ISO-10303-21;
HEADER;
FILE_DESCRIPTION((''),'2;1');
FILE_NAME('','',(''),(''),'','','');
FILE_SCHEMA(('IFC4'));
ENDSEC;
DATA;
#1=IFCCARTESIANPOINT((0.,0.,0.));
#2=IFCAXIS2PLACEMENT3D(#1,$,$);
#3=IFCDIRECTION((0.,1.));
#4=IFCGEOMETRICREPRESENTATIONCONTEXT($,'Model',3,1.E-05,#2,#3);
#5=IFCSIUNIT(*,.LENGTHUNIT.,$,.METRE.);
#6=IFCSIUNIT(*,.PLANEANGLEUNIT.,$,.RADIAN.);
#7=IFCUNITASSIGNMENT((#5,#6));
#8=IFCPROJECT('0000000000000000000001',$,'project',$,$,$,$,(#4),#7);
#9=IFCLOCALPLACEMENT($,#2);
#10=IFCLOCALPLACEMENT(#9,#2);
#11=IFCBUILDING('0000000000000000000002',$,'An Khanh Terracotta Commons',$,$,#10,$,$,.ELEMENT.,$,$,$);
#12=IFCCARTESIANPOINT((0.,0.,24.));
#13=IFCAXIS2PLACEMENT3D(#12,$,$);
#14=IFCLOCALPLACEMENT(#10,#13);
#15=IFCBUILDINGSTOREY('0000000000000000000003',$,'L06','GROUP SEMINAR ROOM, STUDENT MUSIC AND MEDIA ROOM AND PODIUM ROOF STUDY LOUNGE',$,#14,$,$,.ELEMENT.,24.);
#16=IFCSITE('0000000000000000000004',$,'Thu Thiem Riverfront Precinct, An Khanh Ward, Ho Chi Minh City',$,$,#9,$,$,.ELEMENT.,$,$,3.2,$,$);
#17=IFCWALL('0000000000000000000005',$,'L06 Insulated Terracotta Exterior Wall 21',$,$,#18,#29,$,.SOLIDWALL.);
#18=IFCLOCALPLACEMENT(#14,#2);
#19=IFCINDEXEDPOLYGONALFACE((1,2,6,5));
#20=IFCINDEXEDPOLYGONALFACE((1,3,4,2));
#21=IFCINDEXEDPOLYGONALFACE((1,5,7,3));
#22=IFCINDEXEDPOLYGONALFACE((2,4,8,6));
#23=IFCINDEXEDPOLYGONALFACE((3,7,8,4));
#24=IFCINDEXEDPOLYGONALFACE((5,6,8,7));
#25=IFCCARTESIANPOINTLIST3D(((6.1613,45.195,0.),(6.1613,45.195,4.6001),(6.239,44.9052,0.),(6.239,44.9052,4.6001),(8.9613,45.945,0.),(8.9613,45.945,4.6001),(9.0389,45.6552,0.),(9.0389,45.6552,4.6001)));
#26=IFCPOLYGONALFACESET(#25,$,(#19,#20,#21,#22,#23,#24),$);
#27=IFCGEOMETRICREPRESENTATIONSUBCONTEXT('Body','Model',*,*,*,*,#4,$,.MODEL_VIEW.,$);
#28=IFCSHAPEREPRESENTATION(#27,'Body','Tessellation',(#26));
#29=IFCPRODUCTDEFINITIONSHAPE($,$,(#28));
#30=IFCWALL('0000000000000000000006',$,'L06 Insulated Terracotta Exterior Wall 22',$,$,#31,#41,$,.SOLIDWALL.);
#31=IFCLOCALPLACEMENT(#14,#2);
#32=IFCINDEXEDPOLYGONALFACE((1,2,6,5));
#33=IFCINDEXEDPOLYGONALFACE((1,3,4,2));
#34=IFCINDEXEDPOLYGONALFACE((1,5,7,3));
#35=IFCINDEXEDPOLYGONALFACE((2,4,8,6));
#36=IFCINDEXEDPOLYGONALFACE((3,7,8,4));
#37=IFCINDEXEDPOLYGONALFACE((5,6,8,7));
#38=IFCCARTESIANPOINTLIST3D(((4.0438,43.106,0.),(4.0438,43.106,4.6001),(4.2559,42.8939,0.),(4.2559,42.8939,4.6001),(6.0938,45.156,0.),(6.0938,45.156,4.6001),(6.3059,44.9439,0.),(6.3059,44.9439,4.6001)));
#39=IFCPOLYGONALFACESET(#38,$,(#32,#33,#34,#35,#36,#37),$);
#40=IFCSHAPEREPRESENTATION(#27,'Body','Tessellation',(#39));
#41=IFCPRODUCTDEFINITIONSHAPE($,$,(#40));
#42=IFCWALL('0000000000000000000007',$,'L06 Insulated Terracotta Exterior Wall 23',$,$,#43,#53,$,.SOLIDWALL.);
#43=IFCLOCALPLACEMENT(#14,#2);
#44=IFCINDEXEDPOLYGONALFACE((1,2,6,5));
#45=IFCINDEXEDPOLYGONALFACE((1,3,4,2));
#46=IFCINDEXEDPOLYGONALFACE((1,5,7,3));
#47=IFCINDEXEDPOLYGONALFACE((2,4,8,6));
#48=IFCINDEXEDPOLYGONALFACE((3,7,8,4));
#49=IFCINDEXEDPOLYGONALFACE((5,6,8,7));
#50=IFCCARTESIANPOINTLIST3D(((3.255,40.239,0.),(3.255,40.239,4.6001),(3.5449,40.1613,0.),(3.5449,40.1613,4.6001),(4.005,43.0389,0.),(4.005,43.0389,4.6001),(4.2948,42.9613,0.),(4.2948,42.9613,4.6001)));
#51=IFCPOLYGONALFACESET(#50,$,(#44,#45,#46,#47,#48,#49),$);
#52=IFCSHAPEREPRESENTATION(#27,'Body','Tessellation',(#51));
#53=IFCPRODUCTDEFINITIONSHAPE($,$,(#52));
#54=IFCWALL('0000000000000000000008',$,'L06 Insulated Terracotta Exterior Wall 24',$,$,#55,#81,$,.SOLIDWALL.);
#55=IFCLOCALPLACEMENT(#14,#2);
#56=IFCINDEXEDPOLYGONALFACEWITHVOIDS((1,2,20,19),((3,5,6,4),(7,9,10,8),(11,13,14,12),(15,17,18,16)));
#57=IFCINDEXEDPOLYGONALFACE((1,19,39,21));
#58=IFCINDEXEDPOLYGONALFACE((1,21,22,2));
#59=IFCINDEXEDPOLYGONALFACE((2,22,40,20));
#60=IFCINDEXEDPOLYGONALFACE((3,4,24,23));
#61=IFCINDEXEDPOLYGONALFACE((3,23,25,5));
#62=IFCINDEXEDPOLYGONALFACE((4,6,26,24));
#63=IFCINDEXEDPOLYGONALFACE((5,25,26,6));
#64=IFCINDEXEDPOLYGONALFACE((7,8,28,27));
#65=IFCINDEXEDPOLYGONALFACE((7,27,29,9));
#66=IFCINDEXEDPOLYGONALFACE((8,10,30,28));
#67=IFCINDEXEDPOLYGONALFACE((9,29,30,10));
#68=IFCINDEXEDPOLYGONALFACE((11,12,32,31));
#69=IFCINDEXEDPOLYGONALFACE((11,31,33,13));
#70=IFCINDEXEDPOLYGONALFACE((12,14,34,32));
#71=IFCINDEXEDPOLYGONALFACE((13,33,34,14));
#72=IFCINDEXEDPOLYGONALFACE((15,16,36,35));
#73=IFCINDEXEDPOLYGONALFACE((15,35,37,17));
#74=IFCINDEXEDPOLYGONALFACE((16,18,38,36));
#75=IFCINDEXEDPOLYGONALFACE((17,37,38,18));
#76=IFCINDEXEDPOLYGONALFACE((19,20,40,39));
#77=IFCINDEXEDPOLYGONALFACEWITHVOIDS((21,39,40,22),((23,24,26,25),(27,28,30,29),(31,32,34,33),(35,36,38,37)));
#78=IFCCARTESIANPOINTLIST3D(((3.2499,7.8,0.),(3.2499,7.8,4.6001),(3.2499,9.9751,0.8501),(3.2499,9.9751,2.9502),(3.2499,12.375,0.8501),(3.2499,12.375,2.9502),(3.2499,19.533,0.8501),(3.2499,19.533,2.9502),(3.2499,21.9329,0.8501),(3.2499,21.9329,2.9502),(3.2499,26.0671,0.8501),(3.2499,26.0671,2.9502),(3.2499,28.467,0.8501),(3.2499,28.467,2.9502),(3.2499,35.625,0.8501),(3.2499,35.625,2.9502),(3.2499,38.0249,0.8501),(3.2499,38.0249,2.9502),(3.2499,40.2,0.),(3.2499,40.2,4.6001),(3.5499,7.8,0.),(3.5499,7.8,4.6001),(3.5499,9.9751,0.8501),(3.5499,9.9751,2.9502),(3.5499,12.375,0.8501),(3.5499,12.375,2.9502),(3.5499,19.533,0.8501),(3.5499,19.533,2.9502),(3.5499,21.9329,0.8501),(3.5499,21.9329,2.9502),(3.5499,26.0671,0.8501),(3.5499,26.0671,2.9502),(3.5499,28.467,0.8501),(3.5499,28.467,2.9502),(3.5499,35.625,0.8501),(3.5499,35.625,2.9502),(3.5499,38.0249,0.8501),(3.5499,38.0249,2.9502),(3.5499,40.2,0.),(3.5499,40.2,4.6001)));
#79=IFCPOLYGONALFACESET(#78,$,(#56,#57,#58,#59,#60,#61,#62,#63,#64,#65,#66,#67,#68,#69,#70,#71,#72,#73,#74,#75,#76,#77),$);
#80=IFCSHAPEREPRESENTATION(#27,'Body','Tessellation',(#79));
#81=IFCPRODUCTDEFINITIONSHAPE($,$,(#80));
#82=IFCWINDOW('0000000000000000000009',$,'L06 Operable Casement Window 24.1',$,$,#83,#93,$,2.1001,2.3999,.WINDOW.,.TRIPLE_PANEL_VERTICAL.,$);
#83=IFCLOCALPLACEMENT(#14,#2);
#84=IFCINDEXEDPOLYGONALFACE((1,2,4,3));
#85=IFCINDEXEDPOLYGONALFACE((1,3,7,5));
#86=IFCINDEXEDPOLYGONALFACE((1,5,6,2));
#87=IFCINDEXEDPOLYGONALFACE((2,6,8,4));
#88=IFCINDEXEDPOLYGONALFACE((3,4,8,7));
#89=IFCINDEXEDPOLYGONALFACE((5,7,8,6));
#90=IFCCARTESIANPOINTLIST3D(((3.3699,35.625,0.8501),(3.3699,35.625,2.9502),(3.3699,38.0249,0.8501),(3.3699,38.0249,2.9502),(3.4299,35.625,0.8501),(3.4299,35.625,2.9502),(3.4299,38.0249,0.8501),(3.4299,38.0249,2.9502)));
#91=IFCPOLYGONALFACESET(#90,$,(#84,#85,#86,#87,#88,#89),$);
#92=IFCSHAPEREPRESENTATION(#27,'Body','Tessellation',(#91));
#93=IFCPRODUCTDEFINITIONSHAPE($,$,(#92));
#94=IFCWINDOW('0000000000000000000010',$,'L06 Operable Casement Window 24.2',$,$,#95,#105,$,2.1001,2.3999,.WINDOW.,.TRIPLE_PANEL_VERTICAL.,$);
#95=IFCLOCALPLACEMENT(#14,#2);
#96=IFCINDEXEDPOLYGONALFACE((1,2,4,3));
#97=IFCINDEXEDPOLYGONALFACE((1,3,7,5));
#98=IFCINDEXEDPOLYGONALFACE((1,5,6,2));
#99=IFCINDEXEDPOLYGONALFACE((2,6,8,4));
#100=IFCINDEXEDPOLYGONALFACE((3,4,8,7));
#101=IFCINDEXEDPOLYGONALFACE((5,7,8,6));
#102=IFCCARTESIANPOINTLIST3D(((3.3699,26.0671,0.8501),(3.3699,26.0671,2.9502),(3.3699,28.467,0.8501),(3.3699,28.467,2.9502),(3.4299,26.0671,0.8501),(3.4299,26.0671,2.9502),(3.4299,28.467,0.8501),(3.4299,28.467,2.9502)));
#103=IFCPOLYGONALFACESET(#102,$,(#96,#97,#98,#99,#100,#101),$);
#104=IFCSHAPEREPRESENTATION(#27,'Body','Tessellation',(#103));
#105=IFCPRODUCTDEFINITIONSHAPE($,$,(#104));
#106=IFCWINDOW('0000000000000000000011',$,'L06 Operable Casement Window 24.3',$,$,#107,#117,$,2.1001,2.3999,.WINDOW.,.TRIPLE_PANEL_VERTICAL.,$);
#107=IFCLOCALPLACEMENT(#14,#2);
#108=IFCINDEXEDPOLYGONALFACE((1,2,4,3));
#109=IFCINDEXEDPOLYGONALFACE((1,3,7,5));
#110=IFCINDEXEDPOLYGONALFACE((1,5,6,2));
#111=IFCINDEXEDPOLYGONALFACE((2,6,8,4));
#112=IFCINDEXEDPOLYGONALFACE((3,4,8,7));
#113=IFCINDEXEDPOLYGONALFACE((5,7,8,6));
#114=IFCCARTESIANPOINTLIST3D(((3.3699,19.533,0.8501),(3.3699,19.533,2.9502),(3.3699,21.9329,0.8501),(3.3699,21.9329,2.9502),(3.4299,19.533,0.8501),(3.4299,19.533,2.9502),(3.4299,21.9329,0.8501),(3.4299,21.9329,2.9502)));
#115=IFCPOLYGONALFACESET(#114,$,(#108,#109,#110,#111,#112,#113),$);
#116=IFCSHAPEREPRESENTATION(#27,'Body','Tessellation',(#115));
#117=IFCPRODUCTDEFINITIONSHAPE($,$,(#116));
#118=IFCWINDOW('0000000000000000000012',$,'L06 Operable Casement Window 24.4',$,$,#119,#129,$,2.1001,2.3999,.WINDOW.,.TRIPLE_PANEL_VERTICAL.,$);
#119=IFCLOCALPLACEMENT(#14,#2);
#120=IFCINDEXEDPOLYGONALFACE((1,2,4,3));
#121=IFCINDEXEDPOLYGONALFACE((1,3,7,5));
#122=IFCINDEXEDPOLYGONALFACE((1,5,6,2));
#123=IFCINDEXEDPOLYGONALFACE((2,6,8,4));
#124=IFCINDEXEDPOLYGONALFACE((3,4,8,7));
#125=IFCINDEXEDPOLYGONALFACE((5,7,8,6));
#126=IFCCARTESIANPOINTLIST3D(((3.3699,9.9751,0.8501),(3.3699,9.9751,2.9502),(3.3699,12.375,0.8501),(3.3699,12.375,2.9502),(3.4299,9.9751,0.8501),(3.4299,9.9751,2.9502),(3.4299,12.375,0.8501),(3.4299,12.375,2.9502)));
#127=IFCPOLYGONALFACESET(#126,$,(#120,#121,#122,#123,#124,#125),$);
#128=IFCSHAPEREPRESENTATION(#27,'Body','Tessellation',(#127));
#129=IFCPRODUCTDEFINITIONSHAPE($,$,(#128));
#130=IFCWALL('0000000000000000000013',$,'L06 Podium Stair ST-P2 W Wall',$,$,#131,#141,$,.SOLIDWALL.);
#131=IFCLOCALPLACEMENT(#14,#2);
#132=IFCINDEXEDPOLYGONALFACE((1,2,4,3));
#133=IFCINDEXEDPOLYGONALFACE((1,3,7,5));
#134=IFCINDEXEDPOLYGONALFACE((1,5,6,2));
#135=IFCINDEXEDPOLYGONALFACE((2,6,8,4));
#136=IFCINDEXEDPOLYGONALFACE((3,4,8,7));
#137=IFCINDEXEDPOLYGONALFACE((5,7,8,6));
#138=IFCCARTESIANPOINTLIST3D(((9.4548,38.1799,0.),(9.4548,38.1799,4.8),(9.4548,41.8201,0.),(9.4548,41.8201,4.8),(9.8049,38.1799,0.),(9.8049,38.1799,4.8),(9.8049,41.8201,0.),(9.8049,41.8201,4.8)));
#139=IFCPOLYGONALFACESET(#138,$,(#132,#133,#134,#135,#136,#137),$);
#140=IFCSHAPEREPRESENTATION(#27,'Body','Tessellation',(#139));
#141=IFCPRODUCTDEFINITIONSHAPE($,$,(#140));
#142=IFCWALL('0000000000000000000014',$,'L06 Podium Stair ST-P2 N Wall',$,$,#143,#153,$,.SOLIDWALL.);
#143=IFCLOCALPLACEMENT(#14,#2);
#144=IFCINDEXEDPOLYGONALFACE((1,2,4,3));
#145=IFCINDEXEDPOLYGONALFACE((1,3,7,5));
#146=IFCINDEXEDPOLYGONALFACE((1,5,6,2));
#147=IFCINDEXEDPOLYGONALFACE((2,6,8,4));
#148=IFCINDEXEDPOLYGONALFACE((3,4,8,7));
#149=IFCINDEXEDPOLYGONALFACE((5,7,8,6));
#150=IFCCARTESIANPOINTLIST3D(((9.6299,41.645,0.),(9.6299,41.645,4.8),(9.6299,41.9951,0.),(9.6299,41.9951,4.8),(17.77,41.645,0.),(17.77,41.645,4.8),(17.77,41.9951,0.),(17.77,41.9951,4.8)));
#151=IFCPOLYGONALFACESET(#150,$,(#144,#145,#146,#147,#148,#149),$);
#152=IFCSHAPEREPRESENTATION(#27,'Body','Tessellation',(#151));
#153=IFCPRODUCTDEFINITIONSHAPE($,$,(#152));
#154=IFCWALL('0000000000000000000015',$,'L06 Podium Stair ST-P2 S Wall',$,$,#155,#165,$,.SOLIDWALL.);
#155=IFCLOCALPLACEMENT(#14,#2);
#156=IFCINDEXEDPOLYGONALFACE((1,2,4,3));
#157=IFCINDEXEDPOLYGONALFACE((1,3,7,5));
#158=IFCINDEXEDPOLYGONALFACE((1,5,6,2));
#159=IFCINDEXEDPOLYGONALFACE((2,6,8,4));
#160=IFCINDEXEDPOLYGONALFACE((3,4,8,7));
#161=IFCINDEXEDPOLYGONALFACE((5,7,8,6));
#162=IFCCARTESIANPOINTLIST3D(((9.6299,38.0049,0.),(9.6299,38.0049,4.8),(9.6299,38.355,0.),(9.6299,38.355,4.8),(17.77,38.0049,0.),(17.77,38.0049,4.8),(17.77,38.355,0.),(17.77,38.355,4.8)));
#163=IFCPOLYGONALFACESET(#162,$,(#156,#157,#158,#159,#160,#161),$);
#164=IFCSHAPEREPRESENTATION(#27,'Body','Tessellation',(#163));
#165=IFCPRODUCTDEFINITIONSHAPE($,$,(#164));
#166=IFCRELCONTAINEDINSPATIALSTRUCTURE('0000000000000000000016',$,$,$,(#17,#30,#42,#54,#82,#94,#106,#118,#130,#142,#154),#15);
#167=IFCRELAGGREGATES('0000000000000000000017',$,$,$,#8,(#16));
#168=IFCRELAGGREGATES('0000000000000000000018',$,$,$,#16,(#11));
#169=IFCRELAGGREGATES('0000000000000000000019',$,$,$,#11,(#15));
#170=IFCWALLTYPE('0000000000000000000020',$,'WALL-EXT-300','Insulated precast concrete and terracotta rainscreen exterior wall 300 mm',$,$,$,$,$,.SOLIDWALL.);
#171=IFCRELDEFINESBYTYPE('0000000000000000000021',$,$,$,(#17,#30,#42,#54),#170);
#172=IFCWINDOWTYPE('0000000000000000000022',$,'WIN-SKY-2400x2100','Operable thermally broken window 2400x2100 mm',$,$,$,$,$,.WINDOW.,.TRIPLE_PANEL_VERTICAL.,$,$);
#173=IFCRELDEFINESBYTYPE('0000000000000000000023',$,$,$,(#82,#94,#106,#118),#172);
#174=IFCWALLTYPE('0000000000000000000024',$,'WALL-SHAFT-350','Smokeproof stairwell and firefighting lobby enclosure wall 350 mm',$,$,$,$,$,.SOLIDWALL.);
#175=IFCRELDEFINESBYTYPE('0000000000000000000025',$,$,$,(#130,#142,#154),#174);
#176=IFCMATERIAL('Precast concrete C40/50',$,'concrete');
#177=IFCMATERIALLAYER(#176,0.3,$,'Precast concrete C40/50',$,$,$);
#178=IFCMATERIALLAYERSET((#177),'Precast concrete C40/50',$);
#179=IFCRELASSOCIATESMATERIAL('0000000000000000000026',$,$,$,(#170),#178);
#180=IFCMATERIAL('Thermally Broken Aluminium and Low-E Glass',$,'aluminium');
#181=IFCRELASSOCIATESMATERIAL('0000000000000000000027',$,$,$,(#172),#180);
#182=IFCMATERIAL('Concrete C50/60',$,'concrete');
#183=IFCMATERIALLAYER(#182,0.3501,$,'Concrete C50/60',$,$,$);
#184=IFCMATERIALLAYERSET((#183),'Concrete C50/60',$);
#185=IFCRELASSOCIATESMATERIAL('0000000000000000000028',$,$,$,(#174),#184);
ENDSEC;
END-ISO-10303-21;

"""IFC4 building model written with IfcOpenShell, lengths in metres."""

from ifc_helpers import new_model, si_unit, direction, frame, frame_2d, origin, place, context, subcontext, project, spatial, rectangle, extrude, material, layer, layer_set, type_object, element, fill, save


model = new_model("IFC4")

# Units and contexts
model_context = context("Model", 3, precision=1e-05, world=origin(), true_north=direction((0.0, 1.0)))
body_context = subcontext(model_context, "Body", "Model", "MODEL_VIEW")
ifc_project = project(units=[si_unit("LENGTHUNIT", "METRE"), si_unit("PLANEANGLEUNIT", "RADIAN")], contexts=[model_context])

# Site, building, storey
site_placement = place(None, origin())
site = spatial("IfcSite", under=ifc_project, at=site_placement, Name="Thu Thiem Riverfront Precinct, An Khanh Ward, Ho Chi Minh City", CompositionType="ELEMENT", RefElevation=3.2)
building_placement = place(site_placement, origin())
building = spatial("IfcBuilding", under=site, at=building_placement, Name="An Khanh Terracotta Commons", CompositionType="ELEMENT")
storey_placement = place(building_placement, frame((0.0, 0.0, 24.0)))
storey = spatial("IfcBuildingStorey", under=building, at=storey_placement, Name="L06", Description="GROUP SEMINAR ROOM, STUDENT MUSIC AND MEDIA ROOM AND PODIUM ROOF STUDY LOUNGE", CompositionType="ELEMENT", Elevation=24.0)

# Walls
ifc_material_1 = material(Name="Precast concrete C40/50", Category="concrete")
ifc_layer_1 = layer(ifc_material_1, 0.3, Name="Precast concrete C40/50")
ifc_layer_set_1 = layer_set([ifc_layer_1], Name="Precast concrete C40/50")
wall_type_1 = type_object("IfcWallType", Name="WALL-EXT-300", Description="Insulated precast concrete and terracotta rainscreen exterior wall 300 mm", PredefinedType="SOLIDWALL", material=ifc_layer_set_1)
wall_1_placement = place(storey_placement, frame((9.0, 45.8, 0.0), z_axis=(0.0, 0.0, 1.0), x_axis=(-0.965949, -0.258732, 0.0)))
element("IfcWall", 1, at=wall_1_placement, inside=storey, type_object=wall_type_1, Name="L06 Insulated Terracotta Exterior Wall 21", PredefinedType="SOLIDWALL", context=body_context, shape_type="SweptSolid", body=[
    extrude(rectangle(XDim=2.8987, YDim=0.3, at=frame_2d((1.4492, 0.0))), origin(), (0.0, 0.0, 1.0), 4.6001),
])
wall_2_placement = place(storey_placement, frame((6.2, 45.05, 0.0), z_axis=(0.0, 0.0, 1.0), x_axis=(-0.707107, -0.707107, 0.0)))
element("IfcWall", 2, at=wall_2_placement, inside=storey, type_object=wall_type_1, Name="L06 Insulated Terracotta Exterior Wall 22", PredefinedType="SOLIDWALL", context=body_context, shape_type="SweptSolid", body=[
    extrude(rectangle(XDim=2.8992, YDim=0.3, at=frame_2d((1.4497, 0.0))), origin(), (0.0, 0.0, 1.0), 4.6001),
])
wall_3_placement = place(storey_placement, frame((4.1499, 43.0, 0.0), z_axis=(0.0, 0.0, 1.0), x_axis=(-0.258732, -0.965949, 0.0)))
element("IfcWall", 3, at=wall_3_placement, inside=storey, type_object=wall_type_1, Name="L06 Insulated Terracotta Exterior Wall 23", PredefinedType="SOLIDWALL", context=body_context, shape_type="SweptSolid", body=[
    extrude(rectangle(XDim=2.8987, YDim=0.3, at=frame_2d((1.4492, 0.0))), origin(), (0.0, 0.0, 1.0), 4.6001),
])

# Wall, openings, windows
wall_4_placement = place(storey_placement, frame((3.3999, 40.2, 0.0), z_axis=(0.0, 0.0, 1.0), x_axis=(0.0, -1.0, 0.0)))
wall_4 = element("IfcWall", 4, at=wall_4_placement, inside=storey, type_object=wall_type_1, Name="L06 Insulated Terracotta Exterior Wall 24", PredefinedType="SOLIDWALL", context=body_context, shape_type="SweptSolid", body=[
    extrude(rectangle(XDim=32.3999, YDim=0.3, at=frame_2d((16.2, 0.0))), origin(), (0.0, 0.0, 1.0), 4.6001),
])
opening_1_placement = place(wall_4_placement, frame((2.175, 0.0, 0.8501)))
opening_1 = element("IfcOpeningElement", 5, at=opening_1_placement, cuts=wall_4, PredefinedType="OPENING", context=body_context, shape_type="SweptSolid", body=[
    extrude(rectangle(XDim=2.3999, YDim=2.1001, at=frame_2d((1.2, 1.05))), frame((0.0, 0.1599, 0.0), z_axis=(0.0, -1.0, 0.0), x_axis=(1.0, 0.0, 0.0)), (0.0, 0.0, 1.0), 0.3201),
])
opening_2_placement = place(wall_4_placement, frame((11.7329, 0.0, 0.8501)))
opening_2 = element("IfcOpeningElement", 6, at=opening_2_placement, cuts=wall_4, PredefinedType="OPENING", context=body_context, shape_type="SweptSolid", body=[
    extrude(rectangle(XDim=2.3999, YDim=2.1001, at=frame_2d((1.2, 1.05))), frame((0.0, 0.1599, 0.0), z_axis=(0.0, -1.0, 0.0), x_axis=(1.0, 0.0, 0.0)), (0.0, 0.0, 1.0), 0.3201),
])
opening_3_placement = place(wall_4_placement, frame((18.2671, 0.0, 0.8501)))
opening_3 = element("IfcOpeningElement", 7, at=opening_3_placement, cuts=wall_4, PredefinedType="OPENING", context=body_context, shape_type="SweptSolid", body=[
    extrude(rectangle(XDim=2.3999, YDim=2.1001, at=frame_2d((1.2, 1.05))), frame((0.0, 0.1599, 0.0), z_axis=(0.0, -1.0, 0.0), x_axis=(1.0, 0.0, 0.0)), (0.0, 0.0, 1.0), 0.3201),
])
opening_4_placement = place(wall_4_placement, frame((27.825, 0.0, 0.8501)))
opening_4 = element("IfcOpeningElement", 8, at=opening_4_placement, cuts=wall_4, PredefinedType="OPENING", context=body_context, shape_type="SweptSolid", body=[
    extrude(rectangle(XDim=2.3999, YDim=2.1001, at=frame_2d((1.2, 1.05))), frame((0.0, 0.1599, 0.0), z_axis=(0.0, -1.0, 0.0), x_axis=(1.0, 0.0, 0.0)), (0.0, 0.0, 1.0), 0.3201),
])
ifc_material_2 = material(Name="Thermally Broken Aluminium and Low-E Glass", Category="aluminium")
window_type = type_object("IfcWindowType", Name="WIN-SKY-2400x2100", Description="Operable thermally broken window 2400x2100 mm", PartitioningType="TRIPLE_PANEL_VERTICAL", PredefinedType="WINDOW", material=ifc_material_2)
window_1_placement = place(opening_1_placement, origin())
window_1 = element("IfcWindow", 9, at=window_1_placement, inside=storey, type_object=window_type, Name="L06 Operable Casement Window 24.1", OverallHeight=2.1001, OverallWidth=2.3999, PartitioningType="TRIPLE_PANEL_VERTICAL", PredefinedType="WINDOW", context=body_context, shape_type="SweptSolid", body=[
    extrude(rectangle(XDim=2.3999, YDim=2.1001, at=frame_2d((1.2, 1.05))), frame((0.0, 0.03, 0.0), z_axis=(0.0, -1.0, 0.0), x_axis=(1.0, 0.0, 0.0)), (0.0, 0.0, 1.0), 0.0601),
])
fill(opening_1, window_1)
window_2_placement = place(opening_2_placement, origin())
window_2 = element("IfcWindow", 10, at=window_2_placement, inside=storey, type_object=window_type, Name="L06 Operable Casement Window 24.2", OverallHeight=2.1001, OverallWidth=2.3999, PartitioningType="TRIPLE_PANEL_VERTICAL", PredefinedType="WINDOW", context=body_context, shape_type="SweptSolid", body=[
    extrude(rectangle(XDim=2.3999, YDim=2.1001, at=frame_2d((1.2, 1.05))), frame((0.0, 0.03, 0.0), z_axis=(0.0, -1.0, 0.0), x_axis=(1.0, 0.0, 0.0)), (0.0, 0.0, 1.0), 0.0601),
])
fill(opening_2, window_2)
window_3_placement = place(opening_3_placement, origin())
window_3 = element("IfcWindow", 11, at=window_3_placement, inside=storey, type_object=window_type, Name="L06 Operable Casement Window 24.3", OverallHeight=2.1001, OverallWidth=2.3999, PartitioningType="TRIPLE_PANEL_VERTICAL", PredefinedType="WINDOW", context=body_context, shape_type="SweptSolid", body=[
    extrude(rectangle(XDim=2.3999, YDim=2.1001, at=frame_2d((1.2, 1.05))), frame((0.0, 0.03, 0.0), z_axis=(0.0, -1.0, 0.0), x_axis=(1.0, 0.0, 0.0)), (0.0, 0.0, 1.0), 0.0601),
])
fill(opening_3, window_3)
window_4_placement = place(opening_4_placement, origin())
window_4 = element("IfcWindow", 12, at=window_4_placement, inside=storey, type_object=window_type, Name="L06 Operable Casement Window 24.4", OverallHeight=2.1001, OverallWidth=2.3999, PartitioningType="TRIPLE_PANEL_VERTICAL", PredefinedType="WINDOW", context=body_context, shape_type="SweptSolid", body=[
    extrude(rectangle(XDim=2.3999, YDim=2.1001, at=frame_2d((1.2, 1.05))), frame((0.0, 0.03, 0.0), z_axis=(0.0, -1.0, 0.0), x_axis=(1.0, 0.0, 0.0)), (0.0, 0.0, 1.0), 0.0601),
])
fill(opening_4, window_4)

# Walls
ifc_material_3 = material(Name="Concrete C50/60", Category="concrete")
ifc_layer_2 = layer(ifc_material_3, 0.3501, Name="Concrete C50/60")
ifc_layer_set_2 = layer_set([ifc_layer_2], Name="Concrete C50/60")
wall_type_2 = type_object("IfcWallType", Name="WALL-SHAFT-350", Description="Smokeproof stairwell and firefighting lobby enclosure wall 350 mm", PredefinedType="SOLIDWALL", material=ifc_layer_set_2)
wall_5_placement = place(storey_placement, frame((9.6299, 38.1799, 0.0), z_axis=(0.0, 0.0, 1.0), x_axis=(0.0, 1.0, 0.0)))
element("IfcWall", 13, at=wall_5_placement, inside=storey, type_object=wall_type_2, Name="L06 Podium Stair ST-P2 W Wall", PredefinedType="SOLIDWALL", context=body_context, shape_type="SweptSolid", body=[
    extrude(rectangle(XDim=3.6401, YDim=0.3501, at=frame_2d((1.8201, 0.0))), origin(), (0.0, 0.0, 1.0), 4.8),
])
for number, where, z_axis, x_axis, name in (
    (14, (9.6299, 41.8201, 0.0), (0.0, 0.0, 1.0), (1.0, 0.0, 0.0), "L06 Podium Stair ST-P2 N Wall"),
    (15, (17.77, 38.1799, 0.0), (0.0, 0.0, 1.0), (-1.0, 0.0, 0.0), "L06 Podium Stair ST-P2 S Wall"),
):
    element("IfcWall", number, at=place(storey_placement, frame(where, z_axis=z_axis, x_axis=x_axis)), inside=storey, type_object=wall_type_2, Name=name, PredefinedType="SOLIDWALL", context=body_context, shape_type="SweptSolid", body=[
        extrude(rectangle(XDim=8.1401, YDim=0.3501, at=frame_2d((4.0701, 0.0))), origin(), (0.0, 0.0, 1.0), 4.8),
    ])

save(model, "model.ifc")
